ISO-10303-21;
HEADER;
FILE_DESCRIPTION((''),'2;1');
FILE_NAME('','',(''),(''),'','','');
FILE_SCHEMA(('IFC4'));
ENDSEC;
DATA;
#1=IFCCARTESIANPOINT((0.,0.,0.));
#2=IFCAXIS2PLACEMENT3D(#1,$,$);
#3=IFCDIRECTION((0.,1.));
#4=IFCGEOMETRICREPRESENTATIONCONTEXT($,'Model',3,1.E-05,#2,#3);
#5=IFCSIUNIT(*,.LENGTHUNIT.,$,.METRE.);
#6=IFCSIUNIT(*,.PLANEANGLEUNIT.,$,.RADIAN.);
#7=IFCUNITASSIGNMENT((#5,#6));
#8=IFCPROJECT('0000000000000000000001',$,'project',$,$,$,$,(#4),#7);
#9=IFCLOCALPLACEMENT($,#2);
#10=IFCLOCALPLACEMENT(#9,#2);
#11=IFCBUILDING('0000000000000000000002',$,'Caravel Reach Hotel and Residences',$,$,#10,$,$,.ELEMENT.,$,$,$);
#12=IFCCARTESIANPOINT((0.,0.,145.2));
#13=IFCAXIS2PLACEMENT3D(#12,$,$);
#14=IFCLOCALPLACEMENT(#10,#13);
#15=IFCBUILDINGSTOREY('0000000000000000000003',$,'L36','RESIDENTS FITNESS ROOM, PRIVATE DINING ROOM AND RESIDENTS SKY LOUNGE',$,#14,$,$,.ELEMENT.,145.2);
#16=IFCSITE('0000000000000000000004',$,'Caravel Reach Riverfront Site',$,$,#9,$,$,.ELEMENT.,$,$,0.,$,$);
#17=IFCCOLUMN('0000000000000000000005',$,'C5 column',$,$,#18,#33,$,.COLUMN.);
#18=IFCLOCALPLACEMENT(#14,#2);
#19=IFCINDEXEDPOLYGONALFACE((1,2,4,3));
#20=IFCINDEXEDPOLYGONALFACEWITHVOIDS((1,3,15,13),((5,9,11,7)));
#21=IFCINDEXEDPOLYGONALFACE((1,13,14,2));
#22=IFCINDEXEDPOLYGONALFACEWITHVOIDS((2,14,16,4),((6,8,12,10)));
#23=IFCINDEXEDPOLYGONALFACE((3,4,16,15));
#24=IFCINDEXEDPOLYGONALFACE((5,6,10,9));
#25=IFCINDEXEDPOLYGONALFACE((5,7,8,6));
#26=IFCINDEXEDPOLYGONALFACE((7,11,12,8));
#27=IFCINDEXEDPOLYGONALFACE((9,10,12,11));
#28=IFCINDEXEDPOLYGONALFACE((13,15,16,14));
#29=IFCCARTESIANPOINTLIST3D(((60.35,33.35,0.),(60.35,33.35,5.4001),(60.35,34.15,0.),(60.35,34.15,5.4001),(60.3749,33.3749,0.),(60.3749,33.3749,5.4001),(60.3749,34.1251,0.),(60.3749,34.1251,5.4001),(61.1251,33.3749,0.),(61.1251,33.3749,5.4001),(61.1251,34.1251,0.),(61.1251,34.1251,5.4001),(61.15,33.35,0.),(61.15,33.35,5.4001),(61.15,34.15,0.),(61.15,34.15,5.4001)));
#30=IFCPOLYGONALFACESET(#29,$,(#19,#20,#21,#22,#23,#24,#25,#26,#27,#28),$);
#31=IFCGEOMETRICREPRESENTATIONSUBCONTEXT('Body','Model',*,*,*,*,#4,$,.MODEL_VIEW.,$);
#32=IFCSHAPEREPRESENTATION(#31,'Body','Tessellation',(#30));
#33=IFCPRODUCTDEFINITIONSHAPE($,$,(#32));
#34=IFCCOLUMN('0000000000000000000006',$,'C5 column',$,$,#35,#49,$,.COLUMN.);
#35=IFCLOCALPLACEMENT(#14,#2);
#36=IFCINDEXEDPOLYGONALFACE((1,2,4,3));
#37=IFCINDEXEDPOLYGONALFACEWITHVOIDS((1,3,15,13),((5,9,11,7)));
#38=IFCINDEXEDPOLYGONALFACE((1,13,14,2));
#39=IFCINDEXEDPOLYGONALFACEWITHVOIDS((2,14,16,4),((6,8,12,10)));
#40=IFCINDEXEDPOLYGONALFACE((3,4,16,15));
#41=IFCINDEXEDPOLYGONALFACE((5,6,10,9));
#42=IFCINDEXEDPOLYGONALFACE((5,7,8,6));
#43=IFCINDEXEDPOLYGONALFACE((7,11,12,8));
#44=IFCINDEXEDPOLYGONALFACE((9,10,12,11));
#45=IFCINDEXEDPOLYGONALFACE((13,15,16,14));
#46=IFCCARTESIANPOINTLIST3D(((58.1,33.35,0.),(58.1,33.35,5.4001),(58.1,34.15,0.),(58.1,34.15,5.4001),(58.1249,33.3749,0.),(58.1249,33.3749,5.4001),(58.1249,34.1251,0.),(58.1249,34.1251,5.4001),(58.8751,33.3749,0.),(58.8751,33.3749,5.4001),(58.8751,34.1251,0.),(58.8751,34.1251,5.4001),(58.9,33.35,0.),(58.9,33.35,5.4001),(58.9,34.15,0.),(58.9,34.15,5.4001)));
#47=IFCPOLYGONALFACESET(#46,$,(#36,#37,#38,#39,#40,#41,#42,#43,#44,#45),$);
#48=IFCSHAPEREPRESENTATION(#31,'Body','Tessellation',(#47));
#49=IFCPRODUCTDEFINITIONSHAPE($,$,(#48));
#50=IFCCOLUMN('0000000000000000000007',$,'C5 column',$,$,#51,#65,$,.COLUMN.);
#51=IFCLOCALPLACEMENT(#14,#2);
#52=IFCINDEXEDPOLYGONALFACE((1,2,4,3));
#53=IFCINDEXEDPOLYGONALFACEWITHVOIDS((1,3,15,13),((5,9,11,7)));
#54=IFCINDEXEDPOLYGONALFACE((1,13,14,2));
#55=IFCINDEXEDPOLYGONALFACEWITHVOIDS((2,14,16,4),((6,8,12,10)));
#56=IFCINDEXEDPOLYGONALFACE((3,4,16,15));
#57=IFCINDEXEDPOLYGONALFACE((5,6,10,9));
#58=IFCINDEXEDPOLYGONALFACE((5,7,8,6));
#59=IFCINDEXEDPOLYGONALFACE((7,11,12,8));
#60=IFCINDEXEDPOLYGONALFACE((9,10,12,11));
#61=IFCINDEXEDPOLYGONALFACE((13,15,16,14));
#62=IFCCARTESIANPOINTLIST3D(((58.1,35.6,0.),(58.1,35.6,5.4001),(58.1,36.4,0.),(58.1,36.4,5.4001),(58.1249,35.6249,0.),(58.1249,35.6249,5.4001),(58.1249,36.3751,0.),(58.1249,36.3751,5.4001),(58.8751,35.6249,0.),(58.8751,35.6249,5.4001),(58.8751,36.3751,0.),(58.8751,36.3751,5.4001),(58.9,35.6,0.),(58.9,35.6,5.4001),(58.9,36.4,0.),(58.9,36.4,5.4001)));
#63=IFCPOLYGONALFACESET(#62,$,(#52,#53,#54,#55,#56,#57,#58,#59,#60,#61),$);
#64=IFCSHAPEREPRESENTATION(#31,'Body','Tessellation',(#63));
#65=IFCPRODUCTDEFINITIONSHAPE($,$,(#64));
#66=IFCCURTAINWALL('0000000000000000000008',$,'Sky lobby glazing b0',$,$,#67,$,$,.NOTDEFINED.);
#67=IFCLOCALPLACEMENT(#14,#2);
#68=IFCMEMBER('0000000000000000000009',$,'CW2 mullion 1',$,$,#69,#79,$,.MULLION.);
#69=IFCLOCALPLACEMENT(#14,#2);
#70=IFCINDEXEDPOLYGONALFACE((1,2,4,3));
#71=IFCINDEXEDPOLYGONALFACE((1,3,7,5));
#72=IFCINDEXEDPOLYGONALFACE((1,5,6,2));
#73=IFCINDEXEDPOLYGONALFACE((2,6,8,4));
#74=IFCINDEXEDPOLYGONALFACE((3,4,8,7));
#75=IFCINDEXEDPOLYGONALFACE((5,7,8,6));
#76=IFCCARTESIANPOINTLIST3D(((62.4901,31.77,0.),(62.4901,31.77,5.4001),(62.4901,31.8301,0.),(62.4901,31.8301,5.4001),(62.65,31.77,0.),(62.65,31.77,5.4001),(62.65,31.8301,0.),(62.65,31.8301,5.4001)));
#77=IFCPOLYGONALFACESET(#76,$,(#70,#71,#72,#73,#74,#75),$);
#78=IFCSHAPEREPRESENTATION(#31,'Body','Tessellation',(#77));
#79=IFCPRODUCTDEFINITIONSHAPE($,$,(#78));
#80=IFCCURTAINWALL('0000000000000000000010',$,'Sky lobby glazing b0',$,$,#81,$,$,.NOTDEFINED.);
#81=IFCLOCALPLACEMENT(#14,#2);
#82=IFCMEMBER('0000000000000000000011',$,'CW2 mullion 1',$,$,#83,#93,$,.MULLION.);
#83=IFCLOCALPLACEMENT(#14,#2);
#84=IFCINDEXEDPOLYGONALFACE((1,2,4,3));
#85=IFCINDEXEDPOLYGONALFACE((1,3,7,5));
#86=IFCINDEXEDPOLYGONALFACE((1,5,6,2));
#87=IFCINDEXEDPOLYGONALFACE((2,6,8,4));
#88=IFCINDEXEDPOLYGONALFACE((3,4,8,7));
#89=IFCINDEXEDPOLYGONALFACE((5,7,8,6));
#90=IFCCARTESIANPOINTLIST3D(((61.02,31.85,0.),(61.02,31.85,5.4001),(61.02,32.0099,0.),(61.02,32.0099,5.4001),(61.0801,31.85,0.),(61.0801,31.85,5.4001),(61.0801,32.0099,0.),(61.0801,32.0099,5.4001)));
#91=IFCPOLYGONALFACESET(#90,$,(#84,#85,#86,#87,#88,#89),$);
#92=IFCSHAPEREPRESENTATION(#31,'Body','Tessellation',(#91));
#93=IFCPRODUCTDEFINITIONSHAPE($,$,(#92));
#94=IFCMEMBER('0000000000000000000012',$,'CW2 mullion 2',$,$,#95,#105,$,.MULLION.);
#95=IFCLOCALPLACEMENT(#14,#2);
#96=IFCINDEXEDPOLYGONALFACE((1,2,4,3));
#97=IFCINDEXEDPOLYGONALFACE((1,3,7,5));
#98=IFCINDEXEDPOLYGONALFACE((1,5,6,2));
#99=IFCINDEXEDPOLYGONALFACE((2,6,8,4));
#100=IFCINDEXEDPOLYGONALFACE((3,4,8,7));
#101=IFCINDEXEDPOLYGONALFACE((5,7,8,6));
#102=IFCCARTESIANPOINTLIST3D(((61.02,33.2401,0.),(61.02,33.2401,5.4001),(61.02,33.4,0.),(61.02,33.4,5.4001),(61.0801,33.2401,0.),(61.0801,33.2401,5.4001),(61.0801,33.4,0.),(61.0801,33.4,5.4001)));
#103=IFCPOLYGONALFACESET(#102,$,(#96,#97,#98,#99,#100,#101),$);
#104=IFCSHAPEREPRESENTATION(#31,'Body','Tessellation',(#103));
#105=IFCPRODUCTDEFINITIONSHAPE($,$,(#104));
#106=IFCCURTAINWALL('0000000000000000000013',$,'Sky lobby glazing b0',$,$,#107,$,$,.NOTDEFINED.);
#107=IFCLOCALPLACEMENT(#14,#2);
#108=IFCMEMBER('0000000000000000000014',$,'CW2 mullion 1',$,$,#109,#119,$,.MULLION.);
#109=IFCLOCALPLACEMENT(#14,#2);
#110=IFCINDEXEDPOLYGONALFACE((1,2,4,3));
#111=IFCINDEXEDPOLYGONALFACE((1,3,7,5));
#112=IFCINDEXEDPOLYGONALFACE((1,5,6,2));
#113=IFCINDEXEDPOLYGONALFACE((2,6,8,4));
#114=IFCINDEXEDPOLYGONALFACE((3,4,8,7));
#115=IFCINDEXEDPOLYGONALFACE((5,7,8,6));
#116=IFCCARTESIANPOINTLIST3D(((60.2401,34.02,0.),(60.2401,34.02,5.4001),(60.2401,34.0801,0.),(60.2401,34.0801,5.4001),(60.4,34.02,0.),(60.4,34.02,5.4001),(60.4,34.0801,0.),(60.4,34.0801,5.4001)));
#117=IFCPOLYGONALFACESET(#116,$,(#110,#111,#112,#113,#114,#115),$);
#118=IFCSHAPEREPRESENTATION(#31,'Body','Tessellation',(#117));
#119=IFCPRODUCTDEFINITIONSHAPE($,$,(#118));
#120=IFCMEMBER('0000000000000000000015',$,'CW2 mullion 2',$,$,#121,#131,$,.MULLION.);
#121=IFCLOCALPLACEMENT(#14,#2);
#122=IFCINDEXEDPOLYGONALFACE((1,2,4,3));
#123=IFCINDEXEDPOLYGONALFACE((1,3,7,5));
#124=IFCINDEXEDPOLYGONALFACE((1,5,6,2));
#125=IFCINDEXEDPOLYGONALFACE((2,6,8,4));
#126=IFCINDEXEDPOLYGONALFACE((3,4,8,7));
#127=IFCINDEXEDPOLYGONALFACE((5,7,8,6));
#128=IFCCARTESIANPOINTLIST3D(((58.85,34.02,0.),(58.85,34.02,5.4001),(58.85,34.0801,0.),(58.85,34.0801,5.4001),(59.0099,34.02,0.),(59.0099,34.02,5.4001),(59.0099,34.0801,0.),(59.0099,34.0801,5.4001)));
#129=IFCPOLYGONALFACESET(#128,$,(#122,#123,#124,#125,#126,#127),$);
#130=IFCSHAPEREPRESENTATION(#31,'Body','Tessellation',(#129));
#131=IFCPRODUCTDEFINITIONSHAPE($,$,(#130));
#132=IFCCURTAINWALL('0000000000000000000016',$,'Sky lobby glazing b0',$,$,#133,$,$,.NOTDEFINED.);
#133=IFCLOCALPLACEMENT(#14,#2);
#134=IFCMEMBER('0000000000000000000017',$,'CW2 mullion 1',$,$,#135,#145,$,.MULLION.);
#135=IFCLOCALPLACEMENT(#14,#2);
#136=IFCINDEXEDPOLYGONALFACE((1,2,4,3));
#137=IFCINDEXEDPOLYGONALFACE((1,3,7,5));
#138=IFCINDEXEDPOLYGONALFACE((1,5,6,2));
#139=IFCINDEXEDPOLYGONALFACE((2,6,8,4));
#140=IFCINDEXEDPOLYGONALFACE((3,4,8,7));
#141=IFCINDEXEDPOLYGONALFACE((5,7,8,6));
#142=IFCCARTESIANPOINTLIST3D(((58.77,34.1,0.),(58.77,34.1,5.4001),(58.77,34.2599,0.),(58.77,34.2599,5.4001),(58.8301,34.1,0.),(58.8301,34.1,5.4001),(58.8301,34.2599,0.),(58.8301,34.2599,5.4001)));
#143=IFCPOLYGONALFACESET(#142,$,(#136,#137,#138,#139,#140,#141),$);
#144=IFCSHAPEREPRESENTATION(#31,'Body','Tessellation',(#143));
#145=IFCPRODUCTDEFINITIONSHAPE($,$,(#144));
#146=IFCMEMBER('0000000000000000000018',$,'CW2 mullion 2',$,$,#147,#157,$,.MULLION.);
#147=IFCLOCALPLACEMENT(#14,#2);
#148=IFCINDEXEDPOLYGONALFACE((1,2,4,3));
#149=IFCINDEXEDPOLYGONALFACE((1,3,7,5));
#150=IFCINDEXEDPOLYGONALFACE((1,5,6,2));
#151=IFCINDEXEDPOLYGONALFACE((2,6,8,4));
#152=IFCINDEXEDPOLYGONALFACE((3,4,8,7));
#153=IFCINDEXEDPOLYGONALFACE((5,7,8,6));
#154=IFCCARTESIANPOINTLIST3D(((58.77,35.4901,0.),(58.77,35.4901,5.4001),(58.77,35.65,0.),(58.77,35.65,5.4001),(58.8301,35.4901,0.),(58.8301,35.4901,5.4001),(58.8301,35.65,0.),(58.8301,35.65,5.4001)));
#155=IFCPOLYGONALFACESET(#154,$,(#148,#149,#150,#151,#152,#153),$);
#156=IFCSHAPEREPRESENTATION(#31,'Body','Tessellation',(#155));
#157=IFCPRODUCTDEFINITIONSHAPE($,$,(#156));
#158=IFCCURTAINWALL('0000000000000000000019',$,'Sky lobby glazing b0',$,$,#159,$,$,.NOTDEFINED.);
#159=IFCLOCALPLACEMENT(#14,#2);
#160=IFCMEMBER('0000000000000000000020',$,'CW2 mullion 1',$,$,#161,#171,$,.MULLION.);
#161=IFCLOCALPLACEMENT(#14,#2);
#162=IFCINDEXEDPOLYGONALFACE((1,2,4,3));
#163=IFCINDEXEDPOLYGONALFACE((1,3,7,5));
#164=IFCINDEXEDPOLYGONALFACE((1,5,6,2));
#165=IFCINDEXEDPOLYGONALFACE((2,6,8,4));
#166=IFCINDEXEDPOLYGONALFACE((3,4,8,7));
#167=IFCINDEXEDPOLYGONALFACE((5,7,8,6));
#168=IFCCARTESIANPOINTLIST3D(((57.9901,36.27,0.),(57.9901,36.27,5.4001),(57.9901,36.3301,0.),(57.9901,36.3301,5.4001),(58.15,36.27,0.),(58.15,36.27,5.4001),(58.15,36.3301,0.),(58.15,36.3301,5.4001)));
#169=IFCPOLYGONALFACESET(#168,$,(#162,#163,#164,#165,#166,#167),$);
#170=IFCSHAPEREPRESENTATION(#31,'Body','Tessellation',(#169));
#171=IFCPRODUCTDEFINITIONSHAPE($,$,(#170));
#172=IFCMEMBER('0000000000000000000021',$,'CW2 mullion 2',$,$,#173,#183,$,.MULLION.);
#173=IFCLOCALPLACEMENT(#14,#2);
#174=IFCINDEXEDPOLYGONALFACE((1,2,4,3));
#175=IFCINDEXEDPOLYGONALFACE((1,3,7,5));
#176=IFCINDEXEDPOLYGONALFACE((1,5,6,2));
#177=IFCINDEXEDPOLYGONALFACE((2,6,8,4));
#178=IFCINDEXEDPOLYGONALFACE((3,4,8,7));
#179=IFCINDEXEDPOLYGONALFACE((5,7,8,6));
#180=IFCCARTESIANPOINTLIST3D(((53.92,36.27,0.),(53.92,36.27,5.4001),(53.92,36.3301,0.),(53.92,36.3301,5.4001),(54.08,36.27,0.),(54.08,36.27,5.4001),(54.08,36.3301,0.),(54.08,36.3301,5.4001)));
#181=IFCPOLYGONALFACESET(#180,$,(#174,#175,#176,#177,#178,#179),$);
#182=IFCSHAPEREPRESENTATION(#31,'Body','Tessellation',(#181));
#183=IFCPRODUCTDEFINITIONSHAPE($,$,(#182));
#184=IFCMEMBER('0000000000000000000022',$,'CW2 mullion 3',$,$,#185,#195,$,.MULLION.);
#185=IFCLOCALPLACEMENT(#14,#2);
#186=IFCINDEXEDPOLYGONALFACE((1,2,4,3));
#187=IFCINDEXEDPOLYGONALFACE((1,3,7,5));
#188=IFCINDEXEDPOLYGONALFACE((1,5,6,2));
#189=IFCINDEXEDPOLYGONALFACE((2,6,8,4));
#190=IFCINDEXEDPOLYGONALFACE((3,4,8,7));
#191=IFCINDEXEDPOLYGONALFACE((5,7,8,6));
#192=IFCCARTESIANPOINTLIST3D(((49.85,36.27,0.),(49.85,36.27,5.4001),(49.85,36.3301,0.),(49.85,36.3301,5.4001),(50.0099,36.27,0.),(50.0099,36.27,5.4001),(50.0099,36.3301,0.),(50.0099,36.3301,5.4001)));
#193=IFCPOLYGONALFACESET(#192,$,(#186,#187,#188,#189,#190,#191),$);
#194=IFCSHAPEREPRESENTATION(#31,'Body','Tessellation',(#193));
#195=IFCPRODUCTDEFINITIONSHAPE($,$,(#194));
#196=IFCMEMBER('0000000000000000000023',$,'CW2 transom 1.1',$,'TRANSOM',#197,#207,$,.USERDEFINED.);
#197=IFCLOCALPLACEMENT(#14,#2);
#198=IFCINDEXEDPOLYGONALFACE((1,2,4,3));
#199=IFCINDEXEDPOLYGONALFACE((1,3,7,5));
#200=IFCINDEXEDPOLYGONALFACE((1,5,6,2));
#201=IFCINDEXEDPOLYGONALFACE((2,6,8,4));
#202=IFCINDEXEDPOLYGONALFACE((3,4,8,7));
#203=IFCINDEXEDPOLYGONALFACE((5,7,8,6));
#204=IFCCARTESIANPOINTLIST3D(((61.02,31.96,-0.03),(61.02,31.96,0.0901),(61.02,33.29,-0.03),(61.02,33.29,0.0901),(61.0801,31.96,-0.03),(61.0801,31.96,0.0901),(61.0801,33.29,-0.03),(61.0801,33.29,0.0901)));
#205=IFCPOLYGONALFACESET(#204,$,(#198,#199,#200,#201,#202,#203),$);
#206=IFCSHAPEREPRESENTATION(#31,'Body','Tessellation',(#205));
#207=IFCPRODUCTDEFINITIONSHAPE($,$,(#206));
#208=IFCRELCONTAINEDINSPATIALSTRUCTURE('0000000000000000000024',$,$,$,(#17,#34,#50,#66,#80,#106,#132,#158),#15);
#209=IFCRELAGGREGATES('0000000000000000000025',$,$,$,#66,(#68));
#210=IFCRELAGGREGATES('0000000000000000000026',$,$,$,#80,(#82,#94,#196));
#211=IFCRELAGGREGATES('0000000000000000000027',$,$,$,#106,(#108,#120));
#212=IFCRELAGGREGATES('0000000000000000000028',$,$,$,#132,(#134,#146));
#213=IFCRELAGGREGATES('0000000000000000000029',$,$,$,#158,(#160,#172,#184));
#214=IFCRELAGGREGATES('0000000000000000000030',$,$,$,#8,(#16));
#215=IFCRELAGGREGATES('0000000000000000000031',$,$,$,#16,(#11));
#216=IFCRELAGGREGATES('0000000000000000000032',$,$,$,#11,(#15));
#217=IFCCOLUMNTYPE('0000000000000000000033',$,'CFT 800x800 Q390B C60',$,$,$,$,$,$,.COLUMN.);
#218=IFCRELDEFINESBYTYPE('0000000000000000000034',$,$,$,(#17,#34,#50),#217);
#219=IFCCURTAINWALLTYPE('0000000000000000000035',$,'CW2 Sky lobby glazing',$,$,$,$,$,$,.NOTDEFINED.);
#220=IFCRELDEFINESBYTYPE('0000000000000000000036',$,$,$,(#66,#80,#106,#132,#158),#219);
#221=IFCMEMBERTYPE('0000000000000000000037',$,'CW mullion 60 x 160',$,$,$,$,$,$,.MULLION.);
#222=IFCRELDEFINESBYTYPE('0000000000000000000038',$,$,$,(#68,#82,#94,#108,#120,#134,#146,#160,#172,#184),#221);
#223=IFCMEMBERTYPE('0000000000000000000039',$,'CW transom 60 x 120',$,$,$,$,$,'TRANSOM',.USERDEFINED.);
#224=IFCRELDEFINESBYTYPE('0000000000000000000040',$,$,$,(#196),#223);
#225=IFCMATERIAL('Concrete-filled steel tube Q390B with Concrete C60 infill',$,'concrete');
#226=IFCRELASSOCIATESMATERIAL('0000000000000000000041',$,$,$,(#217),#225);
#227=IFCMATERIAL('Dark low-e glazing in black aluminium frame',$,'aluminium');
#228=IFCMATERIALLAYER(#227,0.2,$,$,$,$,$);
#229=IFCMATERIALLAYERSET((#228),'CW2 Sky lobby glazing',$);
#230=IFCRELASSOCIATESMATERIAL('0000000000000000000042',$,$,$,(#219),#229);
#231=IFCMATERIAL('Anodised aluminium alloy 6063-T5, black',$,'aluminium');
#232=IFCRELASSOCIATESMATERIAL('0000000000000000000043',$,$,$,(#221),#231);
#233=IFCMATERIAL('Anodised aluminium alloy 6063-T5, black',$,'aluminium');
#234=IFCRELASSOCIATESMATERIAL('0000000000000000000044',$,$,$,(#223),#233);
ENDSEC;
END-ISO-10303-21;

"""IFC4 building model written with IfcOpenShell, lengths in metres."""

from ifc_helpers import new_model, si_unit, direction, frame, origin, origin_2d, place, context, subcontext, project, spatial, rectangle, hollow_rectangle, extrude, material, layer, layer_set, material_profile, profile_set, type_object, element, aggregate, save


model = new_model("IFC4")

# Units and contexts
model_context = context("Model", 3, precision=1e-05, world=origin(), true_north=direction((0.0, 1.0)))
body_context = subcontext(model_context, "Body", "Model", "MODEL_VIEW")
ifc_project = project(units=[si_unit("LENGTHUNIT", "METRE"), si_unit("PLANEANGLEUNIT", "RADIAN")], contexts=[model_context])

# Site, building, storey
site_placement = place(None, origin())
site = spatial("IfcSite", under=ifc_project, at=site_placement, Name="Caravel Reach Riverfront Site", CompositionType="ELEMENT", RefElevation=0.0)
building_placement = place(site_placement, origin())
building = spatial("IfcBuilding", under=site, at=building_placement, Name="Caravel Reach Hotel and Residences", CompositionType="ELEMENT")
storey_placement = place(building_placement, frame((0.0, 0.0, 145.2)))
storey = spatial("IfcBuildingStorey", under=building, at=storey_placement, Name="L36", Description="RESIDENTS FITNESS ROOM, PRIVATE DINING ROOM AND RESIDENTS SKY LOUNGE", CompositionType="ELEMENT", Elevation=145.2)

# Columns
ifc_material_1 = material(Name="Concrete-filled steel tube Q390B with Concrete C60 infill", Category="concrete")
ifc_material_profile_1 = material_profile(ifc_material_1, hollow_rectangle(XDim=0.8, YDim=0.8, WallThickness=0.0249, at=origin_2d()), Name="RHS 800x800x25")
ifc_profile_set_1 = profile_set([ifc_material_profile_1], Name="Concrete-filled steel tube Q390B with Concrete C60 infill")
column_type = type_object("IfcColumnType", Name="CFT 800x800 Q390B C60", PredefinedType="COLUMN", material=ifc_profile_set_1)
for number, where, z_axis, x_axis, name in (
    (1, (60.75, 33.75, 0.0), (0.0, 0.0, 1.0), (1.0, 0.0, 0.0), "C5 column"),
    (2, (58.5, 33.75, 0.0), (0.0, 0.0, 1.0), (1.0, 0.0, 0.0), "C5 column"),
    (3, (58.5, 36.0, 0.0), (0.0, 0.0, 1.0), (1.0, 0.0, 0.0), "C5 column"),
):
    element("IfcColumn", number, at=place(storey_placement, frame(where, z_axis=z_axis, x_axis=x_axis)), inside=storey, type_object=column_type, Name=name, PredefinedType="COLUMN", context=body_context, shape_type="SweptSolid", body=[
        extrude(hollow_rectangle(XDim=0.8, YDim=0.8, WallThickness=0.0249, at=origin_2d()), origin(), (0.0, 0.0, 1.0), 5.4001),
    ])

# Curtain wall, member
ifc_material_2 = material(Name="Dark low-e glazing in black aluminium frame", Category="aluminium")
ifc_layer_1 = layer(ifc_material_2, 0.2)
ifc_layer_set_1 = layer_set([ifc_layer_1], Name="CW2 Sky lobby glazing")
curtain_wall_type = type_object("IfcCurtainWallType", Name="CW2 Sky lobby glazing", PredefinedType="NOTDEFINED", material=ifc_layer_set_1)
curtain_wall_1_placement = place(storey_placement, origin())
curtain_wall_1 = element("IfcCurtainWall", 4, at=curtain_wall_1_placement, inside=storey, type_object=curtain_wall_type, Name="Sky lobby glazing b0", PredefinedType="NOTDEFINED")
ifc_material_3 = material(Name="Anodised aluminium alloy 6063-T5, black", Category="aluminium")
ifc_material_profile_2 = material_profile(ifc_material_3, rectangle(XDim=0.0601, YDim=0.1599, at=origin_2d()), Name="CW mullion 60 x 160")
ifc_profile_set_2 = profile_set([ifc_material_profile_2], Name="Anodised aluminium alloy 6063-T5, black")
member_type_1 = type_object("IfcMemberType", Name="CW mullion 60 x 160", PredefinedType="MULLION", material=ifc_profile_set_2)
member_1_placement = place(storey_placement, frame((62.5701, 31.8, 0.0), z_axis=(0.0, 0.0, 1.0), x_axis=(0.0, -1.0, 0.0)))
member_1 = element("IfcMember", 5, at=member_1_placement, type_object=member_type_1, Name="CW2 mullion 1", PredefinedType="MULLION", context=body_context, shape_type="SweptSolid", body=[
    extrude(rectangle(XDim=0.0601, YDim=0.1599, at=origin_2d()), origin(), (0.0, 0.0, 1.0), 5.4001),
])
aggregate(curtain_wall_1, [member_1])

# Curtain walls, members
curtain_wall_2_placement = place(storey_placement, origin())
curtain_wall_2 = element("IfcCurtainWall", 6, at=curtain_wall_2_placement, inside=storey, type_object=curtain_wall_type, Name="Sky lobby glazing b0", PredefinedType="NOTDEFINED")
member_2_placement = place(storey_placement, frame((61.05, 31.9299, 0.0), z_axis=(0.0, 0.0, 1.0), x_axis=(-1.0, 0.0, 0.0)))
member_2 = element("IfcMember", 7, at=member_2_placement, type_object=member_type_1, Name="CW2 mullion 1", PredefinedType="MULLION", context=body_context, shape_type="SweptSolid", body=[
    extrude(rectangle(XDim=0.0601, YDim=0.1599, at=origin_2d()), origin(), (0.0, 0.0, 1.0), 5.4001),
])
member_3_placement = place(storey_placement, frame((61.05, 33.3201, 0.0), z_axis=(0.0, 0.0, 1.0), x_axis=(-1.0, 0.0, 0.0)))
member_3 = element("IfcMember", 8, at=member_3_placement, type_object=member_type_1, Name="CW2 mullion 2", PredefinedType="MULLION", context=body_context, shape_type="SweptSolid", body=[
    extrude(rectangle(XDim=0.0601, YDim=0.1599, at=origin_2d()), origin(), (0.0, 0.0, 1.0), 5.4001),
])
curtain_wall_3_placement = place(storey_placement, origin())
curtain_wall_3 = element("IfcCurtainWall", 9, at=curtain_wall_3_placement, inside=storey, type_object=curtain_wall_type, Name="Sky lobby glazing b0", PredefinedType="NOTDEFINED")
member_4_placement = place(storey_placement, frame((60.3201, 34.05, 0.0), z_axis=(0.0, 0.0, 1.0), x_axis=(0.0, -1.0, 0.0)))
member_4 = element("IfcMember", 10, at=member_4_placement, type_object=member_type_1, Name="CW2 mullion 1", PredefinedType="MULLION", context=body_context, shape_type="SweptSolid", body=[
    extrude(rectangle(XDim=0.0601, YDim=0.1599, at=origin_2d()), origin(), (0.0, 0.0, 1.0), 5.4001),
])
member_5_placement = place(storey_placement, frame((58.9299, 34.05, 0.0), z_axis=(0.0, 0.0, 1.0), x_axis=(0.0, -1.0, 0.0)))
member_5 = element("IfcMember", 11, at=member_5_placement, type_object=member_type_1, Name="CW2 mullion 2", PredefinedType="MULLION", context=body_context, shape_type="SweptSolid", body=[
    extrude(rectangle(XDim=0.0601, YDim=0.1599, at=origin_2d()), origin(), (0.0, 0.0, 1.0), 5.4001),
])
curtain_wall_4_placement = place(storey_placement, origin())
curtain_wall_4 = element("IfcCurtainWall", 12, at=curtain_wall_4_placement, inside=storey, type_object=curtain_wall_type, Name="Sky lobby glazing b0", PredefinedType="NOTDEFINED")
member_6_placement = place(storey_placement, frame((58.8, 34.1799, 0.0), z_axis=(0.0, 0.0, 1.0), x_axis=(-1.0, 0.0, 0.0)))
member_6 = element("IfcMember", 13, at=member_6_placement, type_object=member_type_1, Name="CW2 mullion 1", PredefinedType="MULLION", context=body_context, shape_type="SweptSolid", body=[
    extrude(rectangle(XDim=0.0601, YDim=0.1599, at=origin_2d()), origin(), (0.0, 0.0, 1.0), 5.4001),
])
member_7_placement = place(storey_placement, frame((58.8, 35.5701, 0.0), z_axis=(0.0, 0.0, 1.0), x_axis=(-1.0, 0.0, 0.0)))
member_7 = element("IfcMember", 14, at=member_7_placement, type_object=member_type_1, Name="CW2 mullion 2", PredefinedType="MULLION", context=body_context, shape_type="SweptSolid", body=[
    extrude(rectangle(XDim=0.0601, YDim=0.1599, at=origin_2d()), origin(), (0.0, 0.0, 1.0), 5.4001),
])
curtain_wall_5_placement = place(storey_placement, origin())
curtain_wall_5 = element("IfcCurtainWall", 15, at=curtain_wall_5_placement, inside=storey, type_object=curtain_wall_type, Name="Sky lobby glazing b0", PredefinedType="NOTDEFINED")
member_8_placement = place(storey_placement, frame((58.0701, 36.3, 0.0), z_axis=(0.0, 0.0, 1.0), x_axis=(0.0, -1.0, 0.0)))
member_8 = element("IfcMember", 16, at=member_8_placement, type_object=member_type_1, Name="CW2 mullion 1", PredefinedType="MULLION", context=body_context, shape_type="SweptSolid", body=[
    extrude(rectangle(XDim=0.0601, YDim=0.1599, at=origin_2d()), origin(), (0.0, 0.0, 1.0), 5.4001),
])
member_9_placement = place(storey_placement, frame((54.0, 36.3, 0.0), z_axis=(0.0, 0.0, 1.0), x_axis=(0.0, -1.0, 0.0)))
member_9 = element("IfcMember", 17, at=member_9_placement, type_object=member_type_1, Name="CW2 mullion 2", PredefinedType="MULLION", context=body_context, shape_type="SweptSolid", body=[
    extrude(rectangle(XDim=0.0601, YDim=0.1599, at=origin_2d()), origin(), (0.0, 0.0, 1.0), 5.4001),
])
member_10_placement = place(storey_placement, frame((49.9299, 36.3, 0.0), z_axis=(0.0, 0.0, 1.0), x_axis=(0.0, -1.0, 0.0)))
member_10 = element("IfcMember", 18, at=member_10_placement, type_object=member_type_1, Name="CW2 mullion 3", PredefinedType="MULLION", context=body_context, shape_type="SweptSolid", body=[
    extrude(rectangle(XDim=0.0601, YDim=0.1599, at=origin_2d()), origin(), (0.0, 0.0, 1.0), 5.4001),
])

# Member
ifc_material_4 = material(Name="Anodised aluminium alloy 6063-T5, black", Category="aluminium")
ifc_material_profile_3 = material_profile(ifc_material_4, rectangle(XDim=0.0601, YDim=0.1201, at=origin_2d()), Name="CW transom 60 x 120")
ifc_profile_set_3 = profile_set([ifc_material_profile_3], Name="Anodised aluminium alloy 6063-T5, black")
member_type_2 = type_object("IfcMemberType", Name="CW transom 60 x 120", ElementType="TRANSOM", PredefinedType="USERDEFINED", material=ifc_profile_set_3)
member_11_placement = place(storey_placement, frame((61.05, 31.96, 0.03), z_axis=(0.0, 1.0, 0.0), x_axis=(-1.0, 0.0, 0.0)))
member_11 = element("IfcMember", 19, at=member_11_placement, type_object=member_type_2, Name="CW2 transom 1.1", ObjectType="TRANSOM", PredefinedType="USERDEFINED", context=body_context, shape_type="SweptSolid", body=[
    extrude(rectangle(XDim=0.0601, YDim=0.1201, at=origin_2d()), origin(), (0.0, 0.0, 1.0), 1.3301),
])

aggregate(curtain_wall_2, [member_2, member_3, member_11])
aggregate(curtain_wall_3, [member_4, member_5])
aggregate(curtain_wall_4, [member_6, member_7])
aggregate(curtain_wall_5, [member_8, member_9, member_10])

save(model, "model.ifc")
